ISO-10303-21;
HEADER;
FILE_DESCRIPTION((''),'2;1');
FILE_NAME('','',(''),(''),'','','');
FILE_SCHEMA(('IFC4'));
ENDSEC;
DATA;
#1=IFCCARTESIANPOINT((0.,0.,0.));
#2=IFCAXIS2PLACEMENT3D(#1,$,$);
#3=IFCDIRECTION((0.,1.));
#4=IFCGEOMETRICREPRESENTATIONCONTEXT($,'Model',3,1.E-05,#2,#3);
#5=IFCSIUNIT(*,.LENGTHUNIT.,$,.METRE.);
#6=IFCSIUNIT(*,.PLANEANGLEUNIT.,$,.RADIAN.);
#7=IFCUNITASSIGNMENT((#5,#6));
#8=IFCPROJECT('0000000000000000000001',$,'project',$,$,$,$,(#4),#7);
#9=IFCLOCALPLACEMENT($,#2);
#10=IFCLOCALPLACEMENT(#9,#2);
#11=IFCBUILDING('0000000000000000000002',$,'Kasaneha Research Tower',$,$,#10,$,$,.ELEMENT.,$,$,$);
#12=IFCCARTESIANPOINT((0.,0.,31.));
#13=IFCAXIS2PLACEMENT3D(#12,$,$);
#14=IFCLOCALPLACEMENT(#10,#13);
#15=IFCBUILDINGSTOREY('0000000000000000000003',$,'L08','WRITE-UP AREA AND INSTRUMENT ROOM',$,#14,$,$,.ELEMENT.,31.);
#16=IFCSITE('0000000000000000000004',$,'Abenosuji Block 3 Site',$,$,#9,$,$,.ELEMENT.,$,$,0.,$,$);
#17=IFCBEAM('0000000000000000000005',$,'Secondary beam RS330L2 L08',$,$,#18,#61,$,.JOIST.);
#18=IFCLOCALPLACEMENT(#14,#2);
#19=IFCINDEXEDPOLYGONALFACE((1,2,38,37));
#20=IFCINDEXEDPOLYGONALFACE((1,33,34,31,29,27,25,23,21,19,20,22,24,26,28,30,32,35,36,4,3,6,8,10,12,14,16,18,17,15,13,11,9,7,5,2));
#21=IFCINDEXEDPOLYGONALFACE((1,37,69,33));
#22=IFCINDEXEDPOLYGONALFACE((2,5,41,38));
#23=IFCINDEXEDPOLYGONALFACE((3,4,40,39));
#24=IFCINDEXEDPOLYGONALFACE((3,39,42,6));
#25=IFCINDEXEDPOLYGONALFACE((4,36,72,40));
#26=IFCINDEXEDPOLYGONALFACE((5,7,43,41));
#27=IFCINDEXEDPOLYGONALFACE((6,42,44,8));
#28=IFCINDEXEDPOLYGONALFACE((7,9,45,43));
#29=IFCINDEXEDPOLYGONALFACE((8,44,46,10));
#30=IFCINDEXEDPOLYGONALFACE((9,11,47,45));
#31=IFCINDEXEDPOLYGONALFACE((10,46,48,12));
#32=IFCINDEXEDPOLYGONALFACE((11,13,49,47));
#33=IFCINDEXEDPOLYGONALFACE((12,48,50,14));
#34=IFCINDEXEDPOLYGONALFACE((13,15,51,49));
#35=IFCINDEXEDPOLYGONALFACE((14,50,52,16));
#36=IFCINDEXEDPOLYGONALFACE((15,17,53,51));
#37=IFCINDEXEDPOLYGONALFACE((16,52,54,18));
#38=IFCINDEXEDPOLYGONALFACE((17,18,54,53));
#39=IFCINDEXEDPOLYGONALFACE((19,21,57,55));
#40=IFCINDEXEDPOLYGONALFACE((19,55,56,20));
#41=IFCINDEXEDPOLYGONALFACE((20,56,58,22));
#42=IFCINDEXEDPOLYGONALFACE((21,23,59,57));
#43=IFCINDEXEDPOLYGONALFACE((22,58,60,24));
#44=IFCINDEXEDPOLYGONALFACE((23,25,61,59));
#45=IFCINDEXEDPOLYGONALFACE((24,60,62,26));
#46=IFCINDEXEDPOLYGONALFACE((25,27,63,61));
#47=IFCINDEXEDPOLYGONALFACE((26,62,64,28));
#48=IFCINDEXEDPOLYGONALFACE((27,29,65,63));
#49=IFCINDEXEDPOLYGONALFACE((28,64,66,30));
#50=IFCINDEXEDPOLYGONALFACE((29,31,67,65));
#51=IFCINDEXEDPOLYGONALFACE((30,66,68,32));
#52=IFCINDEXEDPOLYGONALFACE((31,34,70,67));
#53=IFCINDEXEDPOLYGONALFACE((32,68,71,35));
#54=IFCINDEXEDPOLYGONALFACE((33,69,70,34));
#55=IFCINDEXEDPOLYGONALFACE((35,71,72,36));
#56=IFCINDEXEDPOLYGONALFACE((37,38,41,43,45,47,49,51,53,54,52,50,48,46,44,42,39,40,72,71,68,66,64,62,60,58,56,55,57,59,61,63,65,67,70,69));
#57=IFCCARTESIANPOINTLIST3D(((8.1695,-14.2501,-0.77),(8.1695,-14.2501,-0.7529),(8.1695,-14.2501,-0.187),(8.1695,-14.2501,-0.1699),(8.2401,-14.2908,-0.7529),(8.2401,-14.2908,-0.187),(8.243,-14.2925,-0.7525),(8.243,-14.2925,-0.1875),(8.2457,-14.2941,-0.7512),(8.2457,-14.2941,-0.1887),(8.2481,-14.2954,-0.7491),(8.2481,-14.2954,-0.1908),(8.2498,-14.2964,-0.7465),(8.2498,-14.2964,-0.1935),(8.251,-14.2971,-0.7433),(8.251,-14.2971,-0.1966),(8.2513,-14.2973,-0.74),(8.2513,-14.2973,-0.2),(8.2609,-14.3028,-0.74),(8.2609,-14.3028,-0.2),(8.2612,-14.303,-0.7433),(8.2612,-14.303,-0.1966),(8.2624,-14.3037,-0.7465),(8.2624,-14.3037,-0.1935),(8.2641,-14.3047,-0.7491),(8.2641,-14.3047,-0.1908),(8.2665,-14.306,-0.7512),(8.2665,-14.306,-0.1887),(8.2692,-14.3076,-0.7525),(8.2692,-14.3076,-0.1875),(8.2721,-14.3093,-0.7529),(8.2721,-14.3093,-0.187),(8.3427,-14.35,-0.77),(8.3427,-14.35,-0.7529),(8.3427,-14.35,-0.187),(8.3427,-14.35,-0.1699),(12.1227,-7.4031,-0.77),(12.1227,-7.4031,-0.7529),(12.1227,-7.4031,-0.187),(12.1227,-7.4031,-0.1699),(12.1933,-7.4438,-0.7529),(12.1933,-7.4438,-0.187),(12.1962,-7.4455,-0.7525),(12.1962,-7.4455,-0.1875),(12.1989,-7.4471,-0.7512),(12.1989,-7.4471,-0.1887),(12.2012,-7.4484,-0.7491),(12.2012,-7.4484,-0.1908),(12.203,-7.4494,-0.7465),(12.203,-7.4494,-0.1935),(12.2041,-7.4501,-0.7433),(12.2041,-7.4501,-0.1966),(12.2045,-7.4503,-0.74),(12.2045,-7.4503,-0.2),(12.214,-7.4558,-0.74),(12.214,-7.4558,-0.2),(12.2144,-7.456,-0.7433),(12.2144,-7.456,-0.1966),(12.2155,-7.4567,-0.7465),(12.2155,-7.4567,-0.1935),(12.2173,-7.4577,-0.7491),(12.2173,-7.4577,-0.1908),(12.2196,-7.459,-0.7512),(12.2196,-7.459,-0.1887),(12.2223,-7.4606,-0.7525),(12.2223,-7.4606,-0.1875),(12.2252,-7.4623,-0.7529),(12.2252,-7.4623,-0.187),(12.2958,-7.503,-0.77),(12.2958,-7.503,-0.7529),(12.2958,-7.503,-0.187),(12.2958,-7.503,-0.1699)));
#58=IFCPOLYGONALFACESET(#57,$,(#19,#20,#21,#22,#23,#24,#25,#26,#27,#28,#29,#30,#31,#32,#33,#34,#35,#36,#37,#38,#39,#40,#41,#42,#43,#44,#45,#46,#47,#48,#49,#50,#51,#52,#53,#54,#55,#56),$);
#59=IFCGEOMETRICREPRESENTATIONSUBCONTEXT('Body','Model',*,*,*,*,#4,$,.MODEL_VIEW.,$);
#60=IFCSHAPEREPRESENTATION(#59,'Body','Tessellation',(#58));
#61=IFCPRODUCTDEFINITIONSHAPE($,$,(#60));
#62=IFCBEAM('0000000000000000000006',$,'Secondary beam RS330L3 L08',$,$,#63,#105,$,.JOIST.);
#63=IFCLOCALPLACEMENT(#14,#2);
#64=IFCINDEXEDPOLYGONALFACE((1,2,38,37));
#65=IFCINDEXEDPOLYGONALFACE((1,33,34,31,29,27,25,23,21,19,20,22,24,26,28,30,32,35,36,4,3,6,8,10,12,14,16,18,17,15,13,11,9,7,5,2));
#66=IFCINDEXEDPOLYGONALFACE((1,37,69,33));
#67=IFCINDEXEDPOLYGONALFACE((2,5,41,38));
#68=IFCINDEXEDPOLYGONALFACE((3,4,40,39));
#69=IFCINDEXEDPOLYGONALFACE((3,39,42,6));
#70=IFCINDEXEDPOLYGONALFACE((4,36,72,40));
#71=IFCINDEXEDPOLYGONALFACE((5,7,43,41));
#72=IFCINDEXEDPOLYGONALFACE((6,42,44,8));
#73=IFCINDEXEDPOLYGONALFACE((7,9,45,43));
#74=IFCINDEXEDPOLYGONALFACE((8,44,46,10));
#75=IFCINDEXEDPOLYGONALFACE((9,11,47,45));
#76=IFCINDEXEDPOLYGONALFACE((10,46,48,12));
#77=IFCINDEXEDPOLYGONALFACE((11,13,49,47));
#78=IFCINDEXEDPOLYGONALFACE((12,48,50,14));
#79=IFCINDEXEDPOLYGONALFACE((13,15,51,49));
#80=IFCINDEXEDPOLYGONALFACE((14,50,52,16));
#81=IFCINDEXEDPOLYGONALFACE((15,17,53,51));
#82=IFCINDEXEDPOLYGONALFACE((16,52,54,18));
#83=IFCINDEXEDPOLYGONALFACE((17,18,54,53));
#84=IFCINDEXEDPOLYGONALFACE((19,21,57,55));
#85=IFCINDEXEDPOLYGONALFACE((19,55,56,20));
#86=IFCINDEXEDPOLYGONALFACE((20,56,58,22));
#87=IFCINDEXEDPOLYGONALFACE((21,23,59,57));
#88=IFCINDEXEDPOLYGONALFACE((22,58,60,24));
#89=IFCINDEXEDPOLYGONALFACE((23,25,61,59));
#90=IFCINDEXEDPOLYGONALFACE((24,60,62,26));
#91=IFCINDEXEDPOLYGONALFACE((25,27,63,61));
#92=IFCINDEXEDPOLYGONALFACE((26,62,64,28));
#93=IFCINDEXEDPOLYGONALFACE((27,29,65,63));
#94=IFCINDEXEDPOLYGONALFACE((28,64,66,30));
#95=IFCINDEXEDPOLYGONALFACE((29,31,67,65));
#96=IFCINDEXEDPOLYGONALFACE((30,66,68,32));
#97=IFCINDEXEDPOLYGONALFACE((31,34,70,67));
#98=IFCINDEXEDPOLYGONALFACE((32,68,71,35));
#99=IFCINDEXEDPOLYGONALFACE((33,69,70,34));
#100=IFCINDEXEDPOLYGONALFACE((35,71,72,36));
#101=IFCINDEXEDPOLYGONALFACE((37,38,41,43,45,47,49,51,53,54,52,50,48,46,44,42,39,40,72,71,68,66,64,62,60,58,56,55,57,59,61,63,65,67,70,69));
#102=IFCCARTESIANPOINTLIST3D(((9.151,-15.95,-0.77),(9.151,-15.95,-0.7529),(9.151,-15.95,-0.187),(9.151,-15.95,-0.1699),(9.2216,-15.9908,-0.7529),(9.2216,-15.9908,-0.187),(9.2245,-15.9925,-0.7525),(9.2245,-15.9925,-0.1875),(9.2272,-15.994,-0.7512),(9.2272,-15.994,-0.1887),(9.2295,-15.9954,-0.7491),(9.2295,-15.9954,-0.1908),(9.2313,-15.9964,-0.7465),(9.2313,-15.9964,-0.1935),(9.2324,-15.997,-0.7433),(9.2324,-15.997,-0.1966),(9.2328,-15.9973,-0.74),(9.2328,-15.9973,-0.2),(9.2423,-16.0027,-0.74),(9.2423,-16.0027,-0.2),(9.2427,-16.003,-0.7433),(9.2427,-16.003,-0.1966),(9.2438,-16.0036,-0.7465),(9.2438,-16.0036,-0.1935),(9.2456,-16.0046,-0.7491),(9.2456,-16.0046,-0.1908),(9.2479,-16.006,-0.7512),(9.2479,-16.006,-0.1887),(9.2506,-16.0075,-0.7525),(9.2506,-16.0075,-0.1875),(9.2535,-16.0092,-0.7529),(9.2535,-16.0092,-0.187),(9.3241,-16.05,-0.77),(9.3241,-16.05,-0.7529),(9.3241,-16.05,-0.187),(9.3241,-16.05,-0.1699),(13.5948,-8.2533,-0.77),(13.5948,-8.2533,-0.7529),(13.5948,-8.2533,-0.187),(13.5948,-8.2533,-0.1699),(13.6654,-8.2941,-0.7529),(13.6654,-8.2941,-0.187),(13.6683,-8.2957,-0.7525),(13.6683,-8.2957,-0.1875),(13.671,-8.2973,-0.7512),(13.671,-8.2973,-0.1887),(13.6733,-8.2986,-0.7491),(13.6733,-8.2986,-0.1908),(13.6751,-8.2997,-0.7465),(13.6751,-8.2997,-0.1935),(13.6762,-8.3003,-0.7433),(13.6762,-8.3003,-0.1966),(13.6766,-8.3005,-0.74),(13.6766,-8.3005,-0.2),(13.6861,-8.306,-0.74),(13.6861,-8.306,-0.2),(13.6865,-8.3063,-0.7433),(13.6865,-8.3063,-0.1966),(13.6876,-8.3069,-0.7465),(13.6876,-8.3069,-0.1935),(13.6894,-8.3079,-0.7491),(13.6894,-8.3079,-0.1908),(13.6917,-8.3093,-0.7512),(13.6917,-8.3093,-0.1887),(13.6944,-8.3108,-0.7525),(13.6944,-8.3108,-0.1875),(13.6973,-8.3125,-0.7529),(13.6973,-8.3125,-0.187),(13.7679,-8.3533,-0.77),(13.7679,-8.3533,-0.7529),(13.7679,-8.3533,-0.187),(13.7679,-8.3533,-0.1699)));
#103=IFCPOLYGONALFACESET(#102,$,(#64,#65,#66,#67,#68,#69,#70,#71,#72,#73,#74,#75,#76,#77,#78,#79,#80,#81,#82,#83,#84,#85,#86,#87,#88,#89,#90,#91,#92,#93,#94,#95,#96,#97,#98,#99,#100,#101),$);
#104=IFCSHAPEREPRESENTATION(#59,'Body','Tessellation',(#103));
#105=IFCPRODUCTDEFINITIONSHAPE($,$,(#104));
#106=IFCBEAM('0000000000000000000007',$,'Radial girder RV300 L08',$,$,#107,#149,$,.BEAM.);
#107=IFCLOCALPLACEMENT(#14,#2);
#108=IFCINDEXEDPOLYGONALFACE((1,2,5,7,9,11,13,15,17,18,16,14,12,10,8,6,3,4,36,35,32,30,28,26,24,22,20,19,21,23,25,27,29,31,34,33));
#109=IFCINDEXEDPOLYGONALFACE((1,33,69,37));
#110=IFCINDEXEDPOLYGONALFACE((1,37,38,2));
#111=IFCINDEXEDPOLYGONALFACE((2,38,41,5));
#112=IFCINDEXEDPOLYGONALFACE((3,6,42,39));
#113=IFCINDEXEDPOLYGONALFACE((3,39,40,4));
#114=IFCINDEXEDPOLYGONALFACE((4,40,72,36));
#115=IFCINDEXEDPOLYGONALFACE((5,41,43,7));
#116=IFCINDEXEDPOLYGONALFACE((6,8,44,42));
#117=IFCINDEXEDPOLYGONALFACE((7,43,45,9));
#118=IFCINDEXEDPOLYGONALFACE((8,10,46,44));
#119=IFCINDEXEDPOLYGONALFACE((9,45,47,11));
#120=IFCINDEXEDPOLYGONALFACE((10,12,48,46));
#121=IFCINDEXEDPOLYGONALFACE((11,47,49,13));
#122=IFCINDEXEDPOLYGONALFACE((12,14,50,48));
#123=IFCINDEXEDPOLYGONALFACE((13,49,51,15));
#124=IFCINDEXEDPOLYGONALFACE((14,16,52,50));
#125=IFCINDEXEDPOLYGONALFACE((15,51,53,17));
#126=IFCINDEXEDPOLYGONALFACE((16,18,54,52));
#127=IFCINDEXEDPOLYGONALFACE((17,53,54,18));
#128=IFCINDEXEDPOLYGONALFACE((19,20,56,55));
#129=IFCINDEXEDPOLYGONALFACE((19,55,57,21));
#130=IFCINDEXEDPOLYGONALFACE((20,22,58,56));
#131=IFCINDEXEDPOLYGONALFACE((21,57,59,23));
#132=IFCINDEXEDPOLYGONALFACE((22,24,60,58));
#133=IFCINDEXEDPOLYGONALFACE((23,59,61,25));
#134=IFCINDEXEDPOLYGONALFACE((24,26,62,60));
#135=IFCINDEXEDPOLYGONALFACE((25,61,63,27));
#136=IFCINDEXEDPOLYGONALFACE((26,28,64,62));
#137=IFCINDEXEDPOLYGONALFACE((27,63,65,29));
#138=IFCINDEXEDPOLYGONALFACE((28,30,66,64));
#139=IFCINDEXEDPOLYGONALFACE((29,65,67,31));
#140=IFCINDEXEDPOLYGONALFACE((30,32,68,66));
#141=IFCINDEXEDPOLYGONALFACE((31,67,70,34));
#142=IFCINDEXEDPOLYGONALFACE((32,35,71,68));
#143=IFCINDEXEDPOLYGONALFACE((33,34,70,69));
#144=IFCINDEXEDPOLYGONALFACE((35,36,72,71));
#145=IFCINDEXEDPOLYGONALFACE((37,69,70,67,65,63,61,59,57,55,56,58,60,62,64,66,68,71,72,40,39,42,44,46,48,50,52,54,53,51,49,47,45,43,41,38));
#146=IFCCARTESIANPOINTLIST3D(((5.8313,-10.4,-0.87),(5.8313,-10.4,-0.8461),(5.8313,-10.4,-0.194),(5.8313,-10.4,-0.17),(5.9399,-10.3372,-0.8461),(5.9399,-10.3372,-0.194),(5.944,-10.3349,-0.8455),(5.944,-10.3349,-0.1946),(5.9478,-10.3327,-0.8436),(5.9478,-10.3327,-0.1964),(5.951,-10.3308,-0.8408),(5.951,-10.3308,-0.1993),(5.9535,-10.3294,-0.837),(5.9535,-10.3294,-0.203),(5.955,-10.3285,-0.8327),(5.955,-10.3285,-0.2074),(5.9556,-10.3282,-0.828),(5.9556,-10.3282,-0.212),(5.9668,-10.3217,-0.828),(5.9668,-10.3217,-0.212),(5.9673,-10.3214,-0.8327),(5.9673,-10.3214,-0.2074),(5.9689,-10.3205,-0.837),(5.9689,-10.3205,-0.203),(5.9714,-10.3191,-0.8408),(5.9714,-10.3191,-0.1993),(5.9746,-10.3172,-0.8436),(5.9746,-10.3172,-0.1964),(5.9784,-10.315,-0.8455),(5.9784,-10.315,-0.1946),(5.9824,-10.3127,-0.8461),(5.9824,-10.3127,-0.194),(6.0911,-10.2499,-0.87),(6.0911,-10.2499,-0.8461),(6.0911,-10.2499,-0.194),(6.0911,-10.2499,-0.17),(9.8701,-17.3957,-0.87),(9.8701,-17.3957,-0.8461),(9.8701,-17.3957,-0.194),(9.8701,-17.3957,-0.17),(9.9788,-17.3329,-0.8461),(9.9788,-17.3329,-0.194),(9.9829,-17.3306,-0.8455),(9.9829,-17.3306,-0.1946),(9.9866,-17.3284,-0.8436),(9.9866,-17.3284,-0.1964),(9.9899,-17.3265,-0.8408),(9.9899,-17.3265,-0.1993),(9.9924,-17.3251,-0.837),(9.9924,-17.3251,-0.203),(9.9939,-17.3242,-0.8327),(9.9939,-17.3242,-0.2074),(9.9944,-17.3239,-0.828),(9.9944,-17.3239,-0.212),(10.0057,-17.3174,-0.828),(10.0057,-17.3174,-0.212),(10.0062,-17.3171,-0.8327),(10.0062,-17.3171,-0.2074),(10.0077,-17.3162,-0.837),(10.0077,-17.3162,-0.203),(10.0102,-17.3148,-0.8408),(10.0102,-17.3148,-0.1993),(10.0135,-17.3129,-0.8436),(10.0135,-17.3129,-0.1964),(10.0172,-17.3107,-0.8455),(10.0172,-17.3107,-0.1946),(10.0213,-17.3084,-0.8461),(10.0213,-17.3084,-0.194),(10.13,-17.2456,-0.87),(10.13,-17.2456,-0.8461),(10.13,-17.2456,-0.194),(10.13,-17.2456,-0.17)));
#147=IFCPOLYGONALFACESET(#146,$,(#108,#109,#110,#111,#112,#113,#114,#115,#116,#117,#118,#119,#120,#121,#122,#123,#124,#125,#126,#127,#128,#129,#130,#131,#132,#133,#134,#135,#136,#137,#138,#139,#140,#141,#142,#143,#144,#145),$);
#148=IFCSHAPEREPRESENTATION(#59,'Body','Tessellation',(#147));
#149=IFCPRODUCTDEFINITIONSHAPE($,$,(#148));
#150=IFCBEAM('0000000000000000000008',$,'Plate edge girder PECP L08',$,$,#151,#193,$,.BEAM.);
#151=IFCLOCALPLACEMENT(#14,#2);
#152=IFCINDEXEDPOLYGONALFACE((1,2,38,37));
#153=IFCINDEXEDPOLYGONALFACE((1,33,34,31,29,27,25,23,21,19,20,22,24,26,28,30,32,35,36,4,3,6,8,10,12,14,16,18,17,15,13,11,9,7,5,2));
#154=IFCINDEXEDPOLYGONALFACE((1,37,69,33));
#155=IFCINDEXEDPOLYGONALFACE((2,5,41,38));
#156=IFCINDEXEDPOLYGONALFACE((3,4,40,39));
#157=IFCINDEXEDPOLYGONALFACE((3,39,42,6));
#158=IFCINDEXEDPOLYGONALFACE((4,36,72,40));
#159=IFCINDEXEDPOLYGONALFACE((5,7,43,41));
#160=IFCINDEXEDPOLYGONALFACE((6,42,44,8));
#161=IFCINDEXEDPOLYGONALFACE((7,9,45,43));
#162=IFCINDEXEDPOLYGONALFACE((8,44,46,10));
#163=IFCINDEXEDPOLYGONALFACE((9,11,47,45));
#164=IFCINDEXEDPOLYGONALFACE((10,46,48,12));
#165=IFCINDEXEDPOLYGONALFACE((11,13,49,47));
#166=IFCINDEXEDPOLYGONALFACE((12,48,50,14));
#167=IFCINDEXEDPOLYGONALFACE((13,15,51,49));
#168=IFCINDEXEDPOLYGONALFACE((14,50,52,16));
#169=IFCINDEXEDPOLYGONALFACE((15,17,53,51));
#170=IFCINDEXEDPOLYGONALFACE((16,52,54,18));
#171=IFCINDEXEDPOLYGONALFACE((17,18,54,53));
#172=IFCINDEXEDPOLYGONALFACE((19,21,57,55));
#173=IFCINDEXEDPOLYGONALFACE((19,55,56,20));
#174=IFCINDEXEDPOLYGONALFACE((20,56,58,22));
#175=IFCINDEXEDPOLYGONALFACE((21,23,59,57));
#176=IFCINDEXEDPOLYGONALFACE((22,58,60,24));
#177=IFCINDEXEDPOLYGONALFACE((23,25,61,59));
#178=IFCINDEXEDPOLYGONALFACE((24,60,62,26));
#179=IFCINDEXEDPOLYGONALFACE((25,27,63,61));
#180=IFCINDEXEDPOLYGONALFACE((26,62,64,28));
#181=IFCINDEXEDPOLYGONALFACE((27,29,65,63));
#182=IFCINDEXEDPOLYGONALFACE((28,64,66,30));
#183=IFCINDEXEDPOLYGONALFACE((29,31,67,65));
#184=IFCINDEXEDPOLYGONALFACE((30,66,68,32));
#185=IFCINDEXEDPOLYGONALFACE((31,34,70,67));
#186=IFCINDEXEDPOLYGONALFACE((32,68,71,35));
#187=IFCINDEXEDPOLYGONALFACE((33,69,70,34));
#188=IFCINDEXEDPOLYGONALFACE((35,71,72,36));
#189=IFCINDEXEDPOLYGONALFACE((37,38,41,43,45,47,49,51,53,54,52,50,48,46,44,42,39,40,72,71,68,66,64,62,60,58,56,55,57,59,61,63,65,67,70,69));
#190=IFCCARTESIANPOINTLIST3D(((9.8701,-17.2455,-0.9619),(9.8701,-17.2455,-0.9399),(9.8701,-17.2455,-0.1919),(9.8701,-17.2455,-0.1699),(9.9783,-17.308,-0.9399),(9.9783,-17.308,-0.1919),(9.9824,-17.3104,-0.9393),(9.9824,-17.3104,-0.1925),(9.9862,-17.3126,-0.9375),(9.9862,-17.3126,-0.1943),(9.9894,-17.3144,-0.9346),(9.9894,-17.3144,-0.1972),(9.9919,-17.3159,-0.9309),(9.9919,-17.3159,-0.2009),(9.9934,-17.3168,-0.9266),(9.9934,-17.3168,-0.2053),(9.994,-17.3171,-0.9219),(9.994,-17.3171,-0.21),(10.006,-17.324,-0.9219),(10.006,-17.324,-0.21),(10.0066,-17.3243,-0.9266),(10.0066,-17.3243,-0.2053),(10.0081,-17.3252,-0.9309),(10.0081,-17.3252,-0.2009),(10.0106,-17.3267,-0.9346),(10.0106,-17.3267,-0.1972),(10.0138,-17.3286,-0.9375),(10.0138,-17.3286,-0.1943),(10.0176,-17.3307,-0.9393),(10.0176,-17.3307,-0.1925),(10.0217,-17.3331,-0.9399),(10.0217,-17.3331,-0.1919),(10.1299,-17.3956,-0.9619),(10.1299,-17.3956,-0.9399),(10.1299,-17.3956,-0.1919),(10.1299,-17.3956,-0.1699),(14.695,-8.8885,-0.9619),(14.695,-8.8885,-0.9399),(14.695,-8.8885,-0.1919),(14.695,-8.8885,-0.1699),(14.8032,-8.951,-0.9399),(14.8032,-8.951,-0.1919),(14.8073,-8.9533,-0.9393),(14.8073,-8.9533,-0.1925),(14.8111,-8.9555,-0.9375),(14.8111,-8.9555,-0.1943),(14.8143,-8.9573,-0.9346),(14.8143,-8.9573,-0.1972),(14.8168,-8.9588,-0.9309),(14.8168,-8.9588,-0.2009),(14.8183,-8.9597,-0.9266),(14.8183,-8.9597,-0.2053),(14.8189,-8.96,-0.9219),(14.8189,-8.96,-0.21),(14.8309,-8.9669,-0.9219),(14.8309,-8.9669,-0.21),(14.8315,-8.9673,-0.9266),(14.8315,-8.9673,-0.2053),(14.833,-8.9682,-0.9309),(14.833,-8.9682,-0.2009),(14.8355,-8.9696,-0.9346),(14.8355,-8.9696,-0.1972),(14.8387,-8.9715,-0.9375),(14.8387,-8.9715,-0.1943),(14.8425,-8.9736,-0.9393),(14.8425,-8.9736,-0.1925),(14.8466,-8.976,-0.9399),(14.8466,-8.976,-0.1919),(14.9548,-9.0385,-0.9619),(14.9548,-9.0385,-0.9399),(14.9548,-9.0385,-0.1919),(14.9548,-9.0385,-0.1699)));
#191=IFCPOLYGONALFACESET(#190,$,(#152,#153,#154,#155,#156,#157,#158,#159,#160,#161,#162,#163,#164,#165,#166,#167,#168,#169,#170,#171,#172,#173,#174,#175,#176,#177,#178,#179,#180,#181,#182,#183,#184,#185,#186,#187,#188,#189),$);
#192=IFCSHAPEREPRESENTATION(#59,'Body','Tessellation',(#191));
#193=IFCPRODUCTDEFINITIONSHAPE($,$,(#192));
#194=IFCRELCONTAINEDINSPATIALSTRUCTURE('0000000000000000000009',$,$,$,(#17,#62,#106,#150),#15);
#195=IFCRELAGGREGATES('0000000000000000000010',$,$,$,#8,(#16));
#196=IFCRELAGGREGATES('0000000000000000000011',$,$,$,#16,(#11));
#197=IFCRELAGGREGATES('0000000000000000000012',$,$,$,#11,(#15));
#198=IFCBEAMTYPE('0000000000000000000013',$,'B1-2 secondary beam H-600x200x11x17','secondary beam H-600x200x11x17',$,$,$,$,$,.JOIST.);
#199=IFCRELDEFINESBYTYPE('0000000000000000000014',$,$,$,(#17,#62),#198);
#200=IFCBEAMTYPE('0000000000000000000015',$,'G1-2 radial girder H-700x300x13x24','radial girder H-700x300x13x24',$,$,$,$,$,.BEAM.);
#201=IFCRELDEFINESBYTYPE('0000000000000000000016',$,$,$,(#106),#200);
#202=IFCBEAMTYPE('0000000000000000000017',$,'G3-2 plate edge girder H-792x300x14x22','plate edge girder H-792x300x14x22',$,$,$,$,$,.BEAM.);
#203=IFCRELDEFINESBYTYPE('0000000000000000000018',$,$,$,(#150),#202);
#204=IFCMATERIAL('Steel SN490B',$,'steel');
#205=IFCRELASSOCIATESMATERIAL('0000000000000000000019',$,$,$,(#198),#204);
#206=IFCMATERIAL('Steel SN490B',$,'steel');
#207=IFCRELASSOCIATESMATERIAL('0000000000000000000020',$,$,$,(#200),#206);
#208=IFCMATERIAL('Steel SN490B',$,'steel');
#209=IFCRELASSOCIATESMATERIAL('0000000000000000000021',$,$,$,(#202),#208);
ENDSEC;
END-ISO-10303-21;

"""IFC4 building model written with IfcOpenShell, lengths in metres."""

from ifc_helpers import new_model, si_unit, direction, frame, origin, origin_2d, place, context, subcontext, project, spatial, i_section, extrude, material, material_profile, profile_set, type_object, element, save


model = new_model("IFC4")

# Units and contexts
model_context = context("Model", 3, precision=1e-05, world=origin(), true_north=direction((0.0, 1.0)))
body_context = subcontext(model_context, "Body", "Model", "MODEL_VIEW")
ifc_project = project(units=[si_unit("LENGTHUNIT", "METRE"), si_unit("PLANEANGLEUNIT", "RADIAN")], contexts=[model_context])

# Site, building, storey
site_placement = place(None, origin())
site = spatial("IfcSite", under=ifc_project, at=site_placement, Name="Abenosuji Block 3 Site", CompositionType="ELEMENT", RefElevation=0.0)
building_placement = place(site_placement, origin())
building = spatial("IfcBuilding", under=site, at=building_placement, Name="Kasaneha Research Tower", CompositionType="ELEMENT")
storey_placement = place(building_placement, frame((0.0, 0.0, 31.0)))
storey = spatial("IfcBuildingStorey", under=building, at=storey_placement, Name="L08", Description="WRITE-UP AREA AND INSTRUMENT ROOM", CompositionType="ELEMENT", Elevation=31.0)

# Beams
ifc_material_1 = material(Name="Steel SN490B", Category="steel")
ifc_material_profile_1 = material_profile(ifc_material_1, i_section(OverallWidth=0.2, OverallDepth=0.6001, WebThickness=0.011, FlangeThickness=0.0171, FilletRadius=0.0129, at=origin_2d()), Name="H-600x200x11x17")
ifc_profile_set_1 = profile_set([ifc_material_profile_1], Name="Steel SN490B")
beam_type_1 = type_object("IfcBeamType", Name="B1-2 secondary beam H-600x200x11x17", Description="secondary beam H-600x200x11x17", PredefinedType="JOIST", material=ifc_profile_set_1)
beam_1_placement = place(storey_placement, frame((8.2561, -14.3, -0.47), z_axis=(0.500005, 0.866023, 0.0), x_axis=(-0.866023, 0.500005, 0.0)))
element("IfcBeam", 1, at=beam_1_placement, inside=storey, type_object=beam_type_1, Name="Secondary beam RS330L2 L08", PredefinedType="JOIST", context=body_context, shape_type="SweptSolid", body=[
    extrude(i_section(OverallWidth=0.2, OverallDepth=0.6001, WebThickness=0.011, FlangeThickness=0.0171, FilletRadius=0.0129, at=origin_2d()), origin(), (0.0, 0.0, 1.0), 7.9062),
])
beam_2_placement = place(storey_placement, frame((9.2375, -16.0, -0.47), z_axis=(0.500009, 0.86602, 0.0), x_axis=(-0.86602, 0.500009, 0.0)))
element("IfcBeam", 2, at=beam_2_placement, inside=storey, type_object=beam_type_1, Name="Secondary beam RS330L3 L08", PredefinedType="JOIST", context=body_context, shape_type="SweptSolid", body=[
    extrude(i_section(OverallWidth=0.2, OverallDepth=0.6001, WebThickness=0.011, FlangeThickness=0.0171, FilletRadius=0.0129, at=origin_2d()), origin(), (0.0, 0.0, 1.0), 8.8875),
])
ifc_material_2 = material(Name="Steel SN490B", Category="steel")
ifc_material_profile_2 = material_profile(ifc_material_2, i_section(OverallWidth=0.3, OverallDepth=0.7, WebThickness=0.0129, FlangeThickness=0.0239, FilletRadius=0.0181, at=origin_2d()), Name="H-700x300x13x24")
ifc_profile_set_2 = profile_set([ifc_material_profile_2], Name="Steel SN490B")
beam_type_2 = type_object("IfcBeamType", Name="G1-2 radial girder H-700x300x13x24", Description="radial girder H-700x300x13x24", PredefinedType="BEAM", material=ifc_profile_set_2)
beam_3_placement = place(storey_placement, frame((5.9612, -10.325, -0.52), z_axis=(0.499991, -0.866031, 0.0), x_axis=(0.866031, 0.499991, 0.0)))
element("IfcBeam", 3, at=beam_3_placement, inside=storey, type_object=beam_type_2, Name="Radial girder RV300 L08", PredefinedType="BEAM", context=body_context, shape_type="SweptSolid", body=[
    extrude(i_section(OverallWidth=0.3, OverallDepth=0.7, WebThickness=0.0129, FlangeThickness=0.0239, FilletRadius=0.0181, at=origin_2d()), origin(), (0.0, 0.0, 1.0), 8.0779),
])
ifc_material_3 = material(Name="Steel SN490B", Category="steel")
ifc_material_profile_3 = material_profile(ifc_material_3, i_section(OverallWidth=0.3, OverallDepth=0.792, WebThickness=0.0139, FlangeThickness=0.022, FilletRadius=0.0181, at=origin_2d()), Name="H-792x300x14x22")
ifc_profile_set_3 = profile_set([ifc_material_profile_3], Name="Steel SN490B")
beam_type_3 = type_object("IfcBeamType", Name="G3-2 plate edge girder H-792x300x14x22", Description="plate edge girder H-792x300x14x22", PredefinedType="BEAM", material=ifc_profile_set_3)
beam_4_placement = place(storey_placement, frame((10.0, -17.3206, -0.5659), z_axis=(0.499995, 0.866028, 0.0), x_axis=(-0.866028, 0.499995, 0.0)))
element("IfcBeam", 4, at=beam_4_placement, inside=storey, type_object=beam_type_3, Name="Plate edge girder PECP L08", PredefinedType="BEAM", context=body_context, shape_type="SweptSolid", body=[
    extrude(i_section(OverallWidth=0.3, OverallDepth=0.792, WebThickness=0.0139, FlangeThickness=0.022, FilletRadius=0.0181, at=origin_2d()), origin(), (0.0, 0.0, 1.0), 9.6499),
])

save(model, "model.ifc")
